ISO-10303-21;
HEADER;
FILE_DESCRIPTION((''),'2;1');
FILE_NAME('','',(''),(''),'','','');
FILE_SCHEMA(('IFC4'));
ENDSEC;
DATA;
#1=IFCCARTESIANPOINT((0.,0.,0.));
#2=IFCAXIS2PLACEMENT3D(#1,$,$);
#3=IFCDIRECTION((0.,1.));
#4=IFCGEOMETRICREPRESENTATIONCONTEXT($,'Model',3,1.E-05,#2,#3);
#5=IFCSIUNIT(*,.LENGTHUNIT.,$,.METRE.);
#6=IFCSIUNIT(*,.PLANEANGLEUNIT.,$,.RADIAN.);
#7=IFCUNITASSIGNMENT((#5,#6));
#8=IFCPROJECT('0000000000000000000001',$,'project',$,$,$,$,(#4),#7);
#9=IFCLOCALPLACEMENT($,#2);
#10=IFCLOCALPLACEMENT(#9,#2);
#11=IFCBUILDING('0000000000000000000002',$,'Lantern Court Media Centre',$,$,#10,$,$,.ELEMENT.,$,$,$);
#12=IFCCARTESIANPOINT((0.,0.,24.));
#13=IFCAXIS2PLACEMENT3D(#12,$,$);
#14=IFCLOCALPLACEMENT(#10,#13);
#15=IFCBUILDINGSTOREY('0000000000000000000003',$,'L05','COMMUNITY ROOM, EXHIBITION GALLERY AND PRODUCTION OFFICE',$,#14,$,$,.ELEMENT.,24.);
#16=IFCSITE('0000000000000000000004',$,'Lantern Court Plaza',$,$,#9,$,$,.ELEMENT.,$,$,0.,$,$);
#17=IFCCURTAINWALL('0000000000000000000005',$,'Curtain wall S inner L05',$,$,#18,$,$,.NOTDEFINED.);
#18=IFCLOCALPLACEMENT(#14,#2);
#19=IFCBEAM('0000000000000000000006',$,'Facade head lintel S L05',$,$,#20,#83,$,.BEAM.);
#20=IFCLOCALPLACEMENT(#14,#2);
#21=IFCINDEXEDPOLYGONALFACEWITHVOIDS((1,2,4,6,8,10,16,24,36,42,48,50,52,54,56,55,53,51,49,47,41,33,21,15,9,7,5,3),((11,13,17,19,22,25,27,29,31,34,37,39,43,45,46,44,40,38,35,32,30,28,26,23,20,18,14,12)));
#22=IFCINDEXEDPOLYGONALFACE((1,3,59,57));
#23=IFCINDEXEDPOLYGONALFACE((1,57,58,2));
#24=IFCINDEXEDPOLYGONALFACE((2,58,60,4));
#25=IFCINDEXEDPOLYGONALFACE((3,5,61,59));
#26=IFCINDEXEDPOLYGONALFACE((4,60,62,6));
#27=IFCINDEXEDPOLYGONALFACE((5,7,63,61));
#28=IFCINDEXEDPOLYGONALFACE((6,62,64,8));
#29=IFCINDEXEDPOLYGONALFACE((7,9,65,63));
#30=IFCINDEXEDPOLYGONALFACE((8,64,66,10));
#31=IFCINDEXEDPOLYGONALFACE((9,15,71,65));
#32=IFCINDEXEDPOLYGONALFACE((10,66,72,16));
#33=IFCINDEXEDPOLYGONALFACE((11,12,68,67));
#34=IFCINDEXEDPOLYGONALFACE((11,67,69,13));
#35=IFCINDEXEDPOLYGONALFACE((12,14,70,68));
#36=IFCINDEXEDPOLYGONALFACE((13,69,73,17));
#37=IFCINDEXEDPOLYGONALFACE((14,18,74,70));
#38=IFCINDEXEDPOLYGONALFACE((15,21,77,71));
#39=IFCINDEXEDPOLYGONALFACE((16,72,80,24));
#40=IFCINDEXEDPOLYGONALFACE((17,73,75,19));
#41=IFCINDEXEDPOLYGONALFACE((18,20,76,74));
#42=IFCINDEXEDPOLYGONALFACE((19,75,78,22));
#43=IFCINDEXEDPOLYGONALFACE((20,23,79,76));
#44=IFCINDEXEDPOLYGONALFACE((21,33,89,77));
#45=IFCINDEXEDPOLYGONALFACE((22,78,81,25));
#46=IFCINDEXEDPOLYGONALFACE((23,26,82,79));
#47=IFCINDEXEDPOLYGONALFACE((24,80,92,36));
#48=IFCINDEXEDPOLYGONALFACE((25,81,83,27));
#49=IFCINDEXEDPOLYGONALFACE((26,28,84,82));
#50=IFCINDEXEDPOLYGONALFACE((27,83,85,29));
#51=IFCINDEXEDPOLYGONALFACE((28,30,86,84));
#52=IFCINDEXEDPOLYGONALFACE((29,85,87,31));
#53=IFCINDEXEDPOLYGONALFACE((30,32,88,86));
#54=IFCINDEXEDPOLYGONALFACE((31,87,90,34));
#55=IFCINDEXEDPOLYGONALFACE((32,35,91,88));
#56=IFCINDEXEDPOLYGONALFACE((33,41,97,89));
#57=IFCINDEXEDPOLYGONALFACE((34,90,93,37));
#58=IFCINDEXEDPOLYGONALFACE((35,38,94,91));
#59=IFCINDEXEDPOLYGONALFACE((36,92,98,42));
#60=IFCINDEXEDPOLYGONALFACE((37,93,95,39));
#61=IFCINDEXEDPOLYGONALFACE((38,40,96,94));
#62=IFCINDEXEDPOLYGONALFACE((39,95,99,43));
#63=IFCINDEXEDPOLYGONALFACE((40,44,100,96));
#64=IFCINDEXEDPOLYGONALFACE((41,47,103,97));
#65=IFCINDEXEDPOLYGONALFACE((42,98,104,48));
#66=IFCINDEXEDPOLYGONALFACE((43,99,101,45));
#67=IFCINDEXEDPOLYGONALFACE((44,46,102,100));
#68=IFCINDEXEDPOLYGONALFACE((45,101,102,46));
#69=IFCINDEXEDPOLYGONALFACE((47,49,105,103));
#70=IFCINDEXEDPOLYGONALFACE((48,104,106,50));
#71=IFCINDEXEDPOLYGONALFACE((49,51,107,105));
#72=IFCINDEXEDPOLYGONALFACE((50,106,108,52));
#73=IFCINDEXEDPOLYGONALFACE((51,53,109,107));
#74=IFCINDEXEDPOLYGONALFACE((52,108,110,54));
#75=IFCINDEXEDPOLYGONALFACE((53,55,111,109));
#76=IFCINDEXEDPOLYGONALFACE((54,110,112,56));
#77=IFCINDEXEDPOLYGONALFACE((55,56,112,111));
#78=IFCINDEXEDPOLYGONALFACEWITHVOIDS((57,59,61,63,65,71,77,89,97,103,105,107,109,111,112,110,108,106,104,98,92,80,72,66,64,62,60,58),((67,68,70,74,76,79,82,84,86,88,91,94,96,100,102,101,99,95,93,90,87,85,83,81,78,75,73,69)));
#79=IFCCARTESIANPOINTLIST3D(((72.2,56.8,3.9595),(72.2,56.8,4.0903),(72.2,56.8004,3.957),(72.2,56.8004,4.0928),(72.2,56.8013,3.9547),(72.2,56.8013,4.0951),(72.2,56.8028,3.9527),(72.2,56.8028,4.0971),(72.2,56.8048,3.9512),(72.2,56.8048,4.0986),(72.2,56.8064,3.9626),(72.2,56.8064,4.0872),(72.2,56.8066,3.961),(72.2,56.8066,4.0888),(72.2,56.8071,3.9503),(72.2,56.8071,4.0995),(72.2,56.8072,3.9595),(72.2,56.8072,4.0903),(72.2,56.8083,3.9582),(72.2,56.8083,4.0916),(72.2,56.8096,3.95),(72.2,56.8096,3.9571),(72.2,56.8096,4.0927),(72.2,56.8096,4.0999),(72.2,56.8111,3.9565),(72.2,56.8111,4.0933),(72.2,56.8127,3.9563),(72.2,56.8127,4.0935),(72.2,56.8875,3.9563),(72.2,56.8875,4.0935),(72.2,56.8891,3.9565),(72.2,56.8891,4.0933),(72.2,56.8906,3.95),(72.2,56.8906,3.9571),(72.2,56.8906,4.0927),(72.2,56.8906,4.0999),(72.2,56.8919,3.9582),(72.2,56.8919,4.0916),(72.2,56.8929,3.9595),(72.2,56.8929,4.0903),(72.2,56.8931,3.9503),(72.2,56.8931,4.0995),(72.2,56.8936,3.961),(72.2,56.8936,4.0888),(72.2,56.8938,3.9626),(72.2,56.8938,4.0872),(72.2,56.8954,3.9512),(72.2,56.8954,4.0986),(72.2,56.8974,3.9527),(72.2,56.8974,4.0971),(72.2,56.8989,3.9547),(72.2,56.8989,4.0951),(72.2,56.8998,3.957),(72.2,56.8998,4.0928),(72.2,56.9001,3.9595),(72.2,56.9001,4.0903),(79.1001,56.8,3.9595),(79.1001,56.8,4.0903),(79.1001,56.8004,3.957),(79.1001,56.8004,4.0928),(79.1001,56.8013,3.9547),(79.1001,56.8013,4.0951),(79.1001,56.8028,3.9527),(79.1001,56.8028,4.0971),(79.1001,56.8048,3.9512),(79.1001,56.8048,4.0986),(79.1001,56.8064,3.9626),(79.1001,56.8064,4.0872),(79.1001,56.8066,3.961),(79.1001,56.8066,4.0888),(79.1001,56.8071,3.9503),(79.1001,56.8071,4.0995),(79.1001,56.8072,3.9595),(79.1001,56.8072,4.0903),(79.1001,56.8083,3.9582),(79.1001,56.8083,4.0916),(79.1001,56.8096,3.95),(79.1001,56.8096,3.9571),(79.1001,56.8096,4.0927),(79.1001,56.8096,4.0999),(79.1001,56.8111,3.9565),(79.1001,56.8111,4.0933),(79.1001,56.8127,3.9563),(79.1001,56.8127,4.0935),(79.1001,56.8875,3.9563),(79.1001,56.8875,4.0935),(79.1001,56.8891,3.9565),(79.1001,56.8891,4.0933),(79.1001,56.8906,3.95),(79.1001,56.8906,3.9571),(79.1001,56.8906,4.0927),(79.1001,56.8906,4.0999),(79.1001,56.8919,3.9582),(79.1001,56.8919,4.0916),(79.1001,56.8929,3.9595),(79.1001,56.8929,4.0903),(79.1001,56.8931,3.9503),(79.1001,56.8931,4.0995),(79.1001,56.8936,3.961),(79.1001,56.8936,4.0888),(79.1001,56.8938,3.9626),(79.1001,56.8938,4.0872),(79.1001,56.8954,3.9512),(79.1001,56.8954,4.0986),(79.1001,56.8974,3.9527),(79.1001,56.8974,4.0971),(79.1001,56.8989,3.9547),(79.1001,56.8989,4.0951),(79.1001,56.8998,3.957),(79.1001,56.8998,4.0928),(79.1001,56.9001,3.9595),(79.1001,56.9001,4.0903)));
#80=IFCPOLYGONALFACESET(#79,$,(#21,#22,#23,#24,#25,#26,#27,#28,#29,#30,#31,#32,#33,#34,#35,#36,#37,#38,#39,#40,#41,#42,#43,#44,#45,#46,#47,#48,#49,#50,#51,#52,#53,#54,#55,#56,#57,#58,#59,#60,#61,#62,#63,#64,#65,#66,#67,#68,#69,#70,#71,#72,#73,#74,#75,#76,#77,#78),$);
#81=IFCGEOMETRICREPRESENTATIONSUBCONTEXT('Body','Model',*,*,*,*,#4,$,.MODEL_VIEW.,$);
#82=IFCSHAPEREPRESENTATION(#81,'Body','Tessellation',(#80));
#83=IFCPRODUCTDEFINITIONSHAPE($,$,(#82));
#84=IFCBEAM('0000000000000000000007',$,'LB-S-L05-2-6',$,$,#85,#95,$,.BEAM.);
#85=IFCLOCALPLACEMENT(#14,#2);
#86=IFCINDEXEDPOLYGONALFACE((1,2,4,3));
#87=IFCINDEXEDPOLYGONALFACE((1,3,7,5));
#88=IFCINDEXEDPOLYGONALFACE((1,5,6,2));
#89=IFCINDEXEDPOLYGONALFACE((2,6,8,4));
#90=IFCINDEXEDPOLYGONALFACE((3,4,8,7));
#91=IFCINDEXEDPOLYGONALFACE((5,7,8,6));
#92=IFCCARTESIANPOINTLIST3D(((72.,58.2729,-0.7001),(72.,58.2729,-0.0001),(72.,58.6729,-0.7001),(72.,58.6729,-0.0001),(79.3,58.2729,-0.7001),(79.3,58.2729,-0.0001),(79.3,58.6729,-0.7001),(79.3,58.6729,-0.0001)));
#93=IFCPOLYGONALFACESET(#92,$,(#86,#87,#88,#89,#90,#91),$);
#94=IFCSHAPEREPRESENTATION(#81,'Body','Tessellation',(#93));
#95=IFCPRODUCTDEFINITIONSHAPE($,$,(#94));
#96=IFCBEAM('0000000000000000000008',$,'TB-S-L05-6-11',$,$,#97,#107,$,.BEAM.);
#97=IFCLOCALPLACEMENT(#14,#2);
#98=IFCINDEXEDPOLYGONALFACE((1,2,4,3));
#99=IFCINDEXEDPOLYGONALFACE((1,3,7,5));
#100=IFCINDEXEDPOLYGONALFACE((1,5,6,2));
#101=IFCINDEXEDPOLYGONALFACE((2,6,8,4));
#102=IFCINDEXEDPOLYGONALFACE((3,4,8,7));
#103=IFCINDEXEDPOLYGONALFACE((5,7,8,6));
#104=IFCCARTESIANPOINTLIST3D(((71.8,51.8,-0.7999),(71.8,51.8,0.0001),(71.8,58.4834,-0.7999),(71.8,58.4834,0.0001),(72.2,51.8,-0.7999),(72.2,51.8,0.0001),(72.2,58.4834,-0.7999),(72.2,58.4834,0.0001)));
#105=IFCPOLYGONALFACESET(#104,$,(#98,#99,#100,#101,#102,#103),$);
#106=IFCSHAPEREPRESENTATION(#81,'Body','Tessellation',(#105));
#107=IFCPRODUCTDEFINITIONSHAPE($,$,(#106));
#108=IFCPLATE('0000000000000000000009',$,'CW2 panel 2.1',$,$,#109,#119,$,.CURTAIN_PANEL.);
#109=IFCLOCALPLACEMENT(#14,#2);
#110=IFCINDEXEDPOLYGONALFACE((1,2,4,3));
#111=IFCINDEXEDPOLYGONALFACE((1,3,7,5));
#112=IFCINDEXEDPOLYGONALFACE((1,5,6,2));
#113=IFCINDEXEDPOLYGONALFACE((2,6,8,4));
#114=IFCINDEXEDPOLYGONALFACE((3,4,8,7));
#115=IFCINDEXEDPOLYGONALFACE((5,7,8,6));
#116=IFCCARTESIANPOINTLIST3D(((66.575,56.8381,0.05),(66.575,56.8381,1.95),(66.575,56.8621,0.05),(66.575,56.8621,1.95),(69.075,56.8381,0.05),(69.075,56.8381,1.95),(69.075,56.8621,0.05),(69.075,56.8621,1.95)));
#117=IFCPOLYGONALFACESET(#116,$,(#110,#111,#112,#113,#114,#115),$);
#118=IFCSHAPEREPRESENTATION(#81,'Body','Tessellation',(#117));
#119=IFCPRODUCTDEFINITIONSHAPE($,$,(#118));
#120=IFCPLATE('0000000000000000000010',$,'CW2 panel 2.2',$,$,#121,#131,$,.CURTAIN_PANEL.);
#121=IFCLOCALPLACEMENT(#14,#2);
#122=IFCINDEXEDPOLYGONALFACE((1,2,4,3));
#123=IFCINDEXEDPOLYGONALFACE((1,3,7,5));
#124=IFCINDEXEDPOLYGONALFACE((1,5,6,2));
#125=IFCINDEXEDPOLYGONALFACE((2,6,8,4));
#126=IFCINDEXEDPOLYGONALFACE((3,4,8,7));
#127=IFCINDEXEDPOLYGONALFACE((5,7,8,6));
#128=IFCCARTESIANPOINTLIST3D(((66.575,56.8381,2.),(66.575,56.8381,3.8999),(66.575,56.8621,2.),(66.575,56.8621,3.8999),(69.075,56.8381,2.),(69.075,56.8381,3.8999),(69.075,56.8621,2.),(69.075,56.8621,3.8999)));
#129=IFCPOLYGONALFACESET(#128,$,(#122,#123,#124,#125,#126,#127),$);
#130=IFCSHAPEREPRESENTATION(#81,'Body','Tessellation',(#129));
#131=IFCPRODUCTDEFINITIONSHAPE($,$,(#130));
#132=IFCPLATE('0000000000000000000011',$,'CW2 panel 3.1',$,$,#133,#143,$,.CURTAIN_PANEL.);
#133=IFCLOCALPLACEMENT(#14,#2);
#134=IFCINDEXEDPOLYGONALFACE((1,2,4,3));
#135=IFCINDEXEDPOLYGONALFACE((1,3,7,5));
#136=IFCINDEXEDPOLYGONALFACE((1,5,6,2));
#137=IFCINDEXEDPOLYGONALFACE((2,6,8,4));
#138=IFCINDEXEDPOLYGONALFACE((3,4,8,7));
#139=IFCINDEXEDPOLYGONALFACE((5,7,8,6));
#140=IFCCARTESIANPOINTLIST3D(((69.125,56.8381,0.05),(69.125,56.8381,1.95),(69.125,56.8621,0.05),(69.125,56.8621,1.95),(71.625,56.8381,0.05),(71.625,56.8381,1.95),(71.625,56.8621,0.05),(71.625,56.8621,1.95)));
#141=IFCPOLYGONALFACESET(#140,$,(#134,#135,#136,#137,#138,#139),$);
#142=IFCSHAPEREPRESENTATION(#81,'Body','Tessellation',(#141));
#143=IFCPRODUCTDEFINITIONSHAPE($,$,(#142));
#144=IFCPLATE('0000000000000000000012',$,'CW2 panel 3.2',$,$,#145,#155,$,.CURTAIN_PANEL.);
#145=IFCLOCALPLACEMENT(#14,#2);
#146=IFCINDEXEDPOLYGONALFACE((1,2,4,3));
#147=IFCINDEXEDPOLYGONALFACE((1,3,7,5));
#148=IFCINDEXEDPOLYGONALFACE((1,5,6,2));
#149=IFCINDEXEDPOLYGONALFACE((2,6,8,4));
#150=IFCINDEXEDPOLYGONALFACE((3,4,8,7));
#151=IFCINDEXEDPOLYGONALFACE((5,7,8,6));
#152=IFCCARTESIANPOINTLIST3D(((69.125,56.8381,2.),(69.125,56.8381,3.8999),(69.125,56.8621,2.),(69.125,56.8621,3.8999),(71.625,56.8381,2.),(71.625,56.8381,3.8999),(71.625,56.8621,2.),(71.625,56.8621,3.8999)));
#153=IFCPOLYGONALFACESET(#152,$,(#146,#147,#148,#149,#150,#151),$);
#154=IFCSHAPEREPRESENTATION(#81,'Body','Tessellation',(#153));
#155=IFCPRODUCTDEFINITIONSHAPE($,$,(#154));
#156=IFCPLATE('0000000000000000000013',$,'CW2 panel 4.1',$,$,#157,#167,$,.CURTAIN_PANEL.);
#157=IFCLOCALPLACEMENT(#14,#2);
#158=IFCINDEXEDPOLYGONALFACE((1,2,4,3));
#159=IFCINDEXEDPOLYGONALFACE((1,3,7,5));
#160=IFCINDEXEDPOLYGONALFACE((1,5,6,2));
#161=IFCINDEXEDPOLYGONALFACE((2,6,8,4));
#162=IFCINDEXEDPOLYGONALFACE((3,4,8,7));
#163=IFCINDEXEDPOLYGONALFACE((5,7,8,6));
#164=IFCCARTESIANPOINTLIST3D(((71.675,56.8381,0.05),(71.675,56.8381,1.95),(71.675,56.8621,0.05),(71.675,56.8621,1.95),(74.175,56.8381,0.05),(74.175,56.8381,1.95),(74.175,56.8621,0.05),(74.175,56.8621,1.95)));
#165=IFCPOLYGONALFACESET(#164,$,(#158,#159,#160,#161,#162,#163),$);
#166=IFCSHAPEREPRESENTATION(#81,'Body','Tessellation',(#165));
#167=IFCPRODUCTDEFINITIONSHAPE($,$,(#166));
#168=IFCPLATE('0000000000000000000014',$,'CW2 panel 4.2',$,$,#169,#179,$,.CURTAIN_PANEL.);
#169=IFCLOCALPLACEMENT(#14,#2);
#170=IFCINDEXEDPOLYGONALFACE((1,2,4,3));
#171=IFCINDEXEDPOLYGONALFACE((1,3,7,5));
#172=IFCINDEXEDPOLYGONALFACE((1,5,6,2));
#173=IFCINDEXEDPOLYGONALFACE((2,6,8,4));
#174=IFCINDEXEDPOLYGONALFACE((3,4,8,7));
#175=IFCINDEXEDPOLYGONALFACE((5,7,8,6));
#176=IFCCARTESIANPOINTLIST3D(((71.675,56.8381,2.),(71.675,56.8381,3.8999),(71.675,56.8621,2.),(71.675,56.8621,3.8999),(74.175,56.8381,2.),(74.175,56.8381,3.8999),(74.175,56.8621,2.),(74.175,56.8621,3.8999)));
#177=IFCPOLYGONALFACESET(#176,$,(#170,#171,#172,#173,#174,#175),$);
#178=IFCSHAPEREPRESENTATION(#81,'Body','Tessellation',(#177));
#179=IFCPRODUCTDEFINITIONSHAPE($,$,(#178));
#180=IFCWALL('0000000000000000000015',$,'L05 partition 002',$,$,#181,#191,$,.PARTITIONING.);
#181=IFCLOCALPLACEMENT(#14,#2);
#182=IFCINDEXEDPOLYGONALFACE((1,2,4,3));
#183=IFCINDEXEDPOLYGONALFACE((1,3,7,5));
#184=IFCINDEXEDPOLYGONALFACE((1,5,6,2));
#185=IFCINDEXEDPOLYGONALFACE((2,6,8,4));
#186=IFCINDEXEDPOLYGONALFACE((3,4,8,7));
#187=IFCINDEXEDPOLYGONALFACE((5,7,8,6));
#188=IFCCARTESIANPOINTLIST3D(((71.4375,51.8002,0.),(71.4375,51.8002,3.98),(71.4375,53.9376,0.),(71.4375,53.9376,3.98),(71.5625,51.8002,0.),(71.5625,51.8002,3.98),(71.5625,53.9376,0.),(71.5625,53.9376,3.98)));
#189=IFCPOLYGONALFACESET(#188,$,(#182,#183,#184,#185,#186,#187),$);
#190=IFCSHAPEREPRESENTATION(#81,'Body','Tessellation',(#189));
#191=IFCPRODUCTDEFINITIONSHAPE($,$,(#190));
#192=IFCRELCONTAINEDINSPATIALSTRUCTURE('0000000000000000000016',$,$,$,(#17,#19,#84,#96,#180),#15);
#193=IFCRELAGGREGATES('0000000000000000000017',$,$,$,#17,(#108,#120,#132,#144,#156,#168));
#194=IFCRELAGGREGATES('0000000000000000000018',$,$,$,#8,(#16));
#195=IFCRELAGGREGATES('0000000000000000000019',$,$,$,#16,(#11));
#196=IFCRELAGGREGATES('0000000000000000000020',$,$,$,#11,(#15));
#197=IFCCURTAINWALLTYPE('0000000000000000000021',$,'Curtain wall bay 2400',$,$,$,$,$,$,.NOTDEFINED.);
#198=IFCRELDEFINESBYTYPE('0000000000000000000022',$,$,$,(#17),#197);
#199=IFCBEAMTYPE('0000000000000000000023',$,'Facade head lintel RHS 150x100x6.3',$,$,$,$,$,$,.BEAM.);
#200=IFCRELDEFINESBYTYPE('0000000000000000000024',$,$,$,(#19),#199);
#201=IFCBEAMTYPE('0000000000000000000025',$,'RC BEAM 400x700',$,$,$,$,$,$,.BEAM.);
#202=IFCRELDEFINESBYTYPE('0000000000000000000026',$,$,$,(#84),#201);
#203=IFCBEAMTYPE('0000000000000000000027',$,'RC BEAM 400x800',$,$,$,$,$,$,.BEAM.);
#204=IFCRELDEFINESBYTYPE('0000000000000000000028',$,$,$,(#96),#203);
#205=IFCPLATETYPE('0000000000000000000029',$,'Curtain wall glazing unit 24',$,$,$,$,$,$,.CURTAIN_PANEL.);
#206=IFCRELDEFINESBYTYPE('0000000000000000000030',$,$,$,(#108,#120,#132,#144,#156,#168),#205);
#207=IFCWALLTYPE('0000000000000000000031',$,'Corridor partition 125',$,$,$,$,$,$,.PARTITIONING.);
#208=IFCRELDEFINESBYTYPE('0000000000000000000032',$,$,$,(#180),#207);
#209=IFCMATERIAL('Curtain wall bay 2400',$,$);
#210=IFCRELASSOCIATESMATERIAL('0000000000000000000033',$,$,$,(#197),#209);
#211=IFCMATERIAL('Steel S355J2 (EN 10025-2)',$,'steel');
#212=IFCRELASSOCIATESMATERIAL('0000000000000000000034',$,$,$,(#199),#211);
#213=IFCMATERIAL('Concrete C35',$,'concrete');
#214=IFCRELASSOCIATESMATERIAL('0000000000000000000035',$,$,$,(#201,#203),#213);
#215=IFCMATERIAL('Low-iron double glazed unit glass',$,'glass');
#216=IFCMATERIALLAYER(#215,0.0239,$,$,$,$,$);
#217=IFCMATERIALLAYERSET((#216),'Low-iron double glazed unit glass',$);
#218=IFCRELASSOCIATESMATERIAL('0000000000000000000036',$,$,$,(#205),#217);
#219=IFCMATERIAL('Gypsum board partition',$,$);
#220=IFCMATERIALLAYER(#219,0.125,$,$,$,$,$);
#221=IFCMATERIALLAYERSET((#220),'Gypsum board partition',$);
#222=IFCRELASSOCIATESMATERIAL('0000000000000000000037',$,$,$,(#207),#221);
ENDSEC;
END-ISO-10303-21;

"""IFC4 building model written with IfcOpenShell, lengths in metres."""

from ifc_helpers import new_model, si_unit, direction, frame, frame_2d, origin, origin_2d, place, context, subcontext, project, spatial, rectangle, hollow_rectangle, extrude, material, layer, layer_set, material_profile, profile_set, type_object, element, aggregate, save


model = new_model("IFC4")

# Units and contexts
model_context = context("Model", 3, precision=1e-05, world=origin(), true_north=direction((0.0, 1.0)))
body_context = subcontext(model_context, "Body", "Model", "MODEL_VIEW")
ifc_project = project(units=[si_unit("LENGTHUNIT", "METRE"), si_unit("PLANEANGLEUNIT", "RADIAN")], contexts=[model_context])

# Site, building, storey
site_placement = place(None, origin())
site = spatial("IfcSite", under=ifc_project, at=site_placement, Name="Lantern Court Plaza", CompositionType="ELEMENT", RefElevation=0.0)
building_placement = place(site_placement, origin())
building = spatial("IfcBuilding", under=site, at=building_placement, Name="Lantern Court Media Centre", CompositionType="ELEMENT")
storey_placement = place(building_placement, frame((0.0, 0.0, 24.0)))
storey = spatial("IfcBuildingStorey", under=building, at=storey_placement, Name="L05", Description="COMMUNITY ROOM, EXHIBITION GALLERY AND PRODUCTION OFFICE", CompositionType="ELEMENT", Elevation=24.0)

# Shared definitions
ifc_material_1 = material(Name="Concrete C35", Category="concrete")

# Curtain wall
ifc_material_2 = material(Name="Curtain wall bay 2400")
curtain_wall_type = type_object("IfcCurtainWallType", Name="Curtain wall bay 2400", PredefinedType="NOTDEFINED", material=ifc_material_2)
curtain_wall_placement = place(storey_placement, origin())
curtain_wall = element("IfcCurtainWall", 1, at=curtain_wall_placement, inside=storey, type_object=curtain_wall_type, Name="Curtain wall S inner L05", PredefinedType="NOTDEFINED")

# Beams
ifc_material_3 = material(Name="Steel S355J2 (EN 10025-2)", Category="steel")
ifc_material_profile_1 = material_profile(ifc_material_3, hollow_rectangle(XDim=0.1001, YDim=0.1499, WallThickness=0.0063, InnerFilletRadius=0.0063, OuterFilletRadius=0.0095, at=origin_2d()), Name="Facade head lintel RHS 150x100x6.3")
ifc_profile_set_1 = profile_set([ifc_material_profile_1], Name="Steel S355J2 (EN 10025-2)")
beam_type_1 = type_object("IfcBeamType", Name="Facade head lintel RHS 150x100x6.3", PredefinedType="BEAM", material=ifc_profile_set_1)
beam_1_placement = place(storey_placement, frame((72.2, 56.8501, 4.0249), z_axis=(1.0, 0.0, 0.0), x_axis=(0.0, 1.0, 0.0)))
element("IfcBeam", 2, at=beam_1_placement, inside=storey, type_object=beam_type_1, Name="Facade head lintel S L05", PredefinedType="BEAM", context=body_context, shape_type="SweptSolid", body=[
    extrude(hollow_rectangle(XDim=0.1001, YDim=0.1499, WallThickness=0.0063, InnerFilletRadius=0.0063, OuterFilletRadius=0.0095, at=origin_2d()), origin(), (0.0, 0.0, 1.0), 6.9001),
])
ifc_material_profile_2 = material_profile(ifc_material_1, rectangle(XDim=0.3999, YDim=0.7, at=origin_2d()), Name="RC 400x700")
ifc_profile_set_2 = profile_set([ifc_material_profile_2], Name="Concrete C35")
beam_type_2 = type_object("IfcBeamType", Name="RC BEAM 400x700", PredefinedType="BEAM", material=ifc_profile_set_2)
beam_2_placement = place(storey_placement, frame((72.0, 58.4729, -0.3501), z_axis=(1.0, 0.0, 0.0), x_axis=(0.0, 1.0, 0.0)))
element("IfcBeam", 3, at=beam_2_placement, inside=storey, type_object=beam_type_2, Name="LB-S-L05-2-6", PredefinedType="BEAM", context=body_context, shape_type="SweptSolid", body=[
    extrude(rectangle(XDim=0.3999, YDim=0.7, at=origin_2d()), origin(), (0.0, 0.0, 1.0), 7.3),
])
ifc_material_profile_3 = material_profile(ifc_material_1, rectangle(XDim=0.3999, YDim=0.8, at=origin_2d()), Name="RC 400x800")
ifc_profile_set_3 = profile_set([ifc_material_profile_3], Name="Concrete C35")
beam_type_3 = type_object("IfcBeamType", Name="RC BEAM 400x800", PredefinedType="BEAM", material=ifc_profile_set_3)
beam_3_placement = place(storey_placement, frame((72.0, 51.8, -0.3999), z_axis=(0.0, 1.0, 0.0), x_axis=(-1.0, 0.0, 0.0)))
element("IfcBeam", 4, at=beam_3_placement, inside=storey, type_object=beam_type_3, Name="TB-S-L05-6-11", PredefinedType="BEAM", context=body_context, shape_type="SweptSolid", body=[
    extrude(rectangle(XDim=0.3999, YDim=0.8, at=origin_2d()), origin(), (0.0, 0.0, 1.0), 6.6833),
])

# Plates
ifc_material_4 = material(Name="Low-iron double glazed unit glass", Category="glass")
ifc_layer_1 = layer(ifc_material_4, 0.0239)
ifc_layer_set_1 = layer_set([ifc_layer_1], Name="Low-iron double glazed unit glass")
plate_type = type_object("IfcPlateType", Name="Curtain wall glazing unit 24", PredefinedType="CURTAIN_PANEL", material=ifc_layer_set_1)
plate_1_placement = place(storey_placement, frame((67.825, 56.8501, 0.05), z_axis=(0.0, 0.0, 1.0), x_axis=(1.0, 0.0, 0.0)))
plate_1 = element("IfcPlate", 5, at=plate_1_placement, type_object=plate_type, Name="CW2 panel 2.1", PredefinedType="CURTAIN_PANEL", context=body_context, shape_type="SweptSolid", body=[
    extrude(rectangle(XDim=2.5, YDim=0.0239, at=origin_2d()), origin(), (0.0, 0.0, 1.0), 1.8999),
])
plate_2_placement = place(storey_placement, frame((67.825, 56.8501, 2.0), z_axis=(0.0, 0.0, 1.0), x_axis=(1.0, 0.0, 0.0)))
plate_2 = element("IfcPlate", 6, at=plate_2_placement, type_object=plate_type, Name="CW2 panel 2.2", PredefinedType="CURTAIN_PANEL", context=body_context, shape_type="SweptSolid", body=[
    extrude(rectangle(XDim=2.5, YDim=0.0239, at=origin_2d()), origin(), (0.0, 0.0, 1.0), 1.8999),
])
plate_3_placement = place(storey_placement, frame((70.375, 56.8501, 0.05), z_axis=(0.0, 0.0, 1.0), x_axis=(1.0, 0.0, 0.0)))
plate_3 = element("IfcPlate", 7, at=plate_3_placement, type_object=plate_type, Name="CW2 panel 3.1", PredefinedType="CURTAIN_PANEL", context=body_context, shape_type="SweptSolid", body=[
    extrude(rectangle(XDim=2.5, YDim=0.0239, at=origin_2d()), origin(), (0.0, 0.0, 1.0), 1.8999),
])
plate_4_placement = place(storey_placement, frame((70.375, 56.8501, 2.0), z_axis=(0.0, 0.0, 1.0), x_axis=(1.0, 0.0, 0.0)))
plate_4 = element("IfcPlate", 8, at=plate_4_placement, type_object=plate_type, Name="CW2 panel 3.2", PredefinedType="CURTAIN_PANEL", context=body_context, shape_type="SweptSolid", body=[
    extrude(rectangle(XDim=2.5, YDim=0.0239, at=origin_2d()), origin(), (0.0, 0.0, 1.0), 1.8999),
])
plate_5_placement = place(storey_placement, frame((72.925, 56.8501, 0.05), z_axis=(0.0, 0.0, 1.0), x_axis=(1.0, 0.0, 0.0)))
plate_5 = element("IfcPlate", 9, at=plate_5_placement, type_object=plate_type, Name="CW2 panel 4.1", PredefinedType="CURTAIN_PANEL", context=body_context, shape_type="SweptSolid", body=[
    extrude(rectangle(XDim=2.5, YDim=0.0239, at=origin_2d()), origin(), (0.0, 0.0, 1.0), 1.8999),
])
plate_6_placement = place(storey_placement, frame((72.925, 56.8501, 2.0), z_axis=(0.0, 0.0, 1.0), x_axis=(1.0, 0.0, 0.0)))
plate_6 = element("IfcPlate", 10, at=plate_6_placement, type_object=plate_type, Name="CW2 panel 4.2", PredefinedType="CURTAIN_PANEL", context=body_context, shape_type="SweptSolid", body=[
    extrude(rectangle(XDim=2.5, YDim=0.0239, at=origin_2d()), origin(), (0.0, 0.0, 1.0), 1.8999),
])
aggregate(curtain_wall, [plate_1, plate_2, plate_3, plate_4, plate_5, plate_6])

# Wall
ifc_material_5 = material(Name="Gypsum board partition")
ifc_layer_2 = layer(ifc_material_5, 0.125)
ifc_layer_set_2 = layer_set([ifc_layer_2], Name="Gypsum board partition")
wall_type_1 = type_object("IfcWallType", Name="Corridor partition 125", PredefinedType="PARTITIONING", material=ifc_layer_set_2)
wall_1_placement = place(storey_placement, frame((71.5, 51.8, 0.0), z_axis=(0.0, 0.0, 1.0), x_axis=(0.0, 1.0, 0.0)))
element("IfcWall", 11, at=wall_1_placement, inside=storey, type_object=wall_type_1, Name="L05 partition 002", PredefinedType="PARTITIONING", context=body_context, shape_type="SweptSolid", body=[
    extrude(rectangle(XDim=2.1375, YDim=0.125, at=frame_2d((1.0688, 0.0))), origin(), (0.0, 0.0, 1.0), 3.98),
])

save(model, "model.ifc")
